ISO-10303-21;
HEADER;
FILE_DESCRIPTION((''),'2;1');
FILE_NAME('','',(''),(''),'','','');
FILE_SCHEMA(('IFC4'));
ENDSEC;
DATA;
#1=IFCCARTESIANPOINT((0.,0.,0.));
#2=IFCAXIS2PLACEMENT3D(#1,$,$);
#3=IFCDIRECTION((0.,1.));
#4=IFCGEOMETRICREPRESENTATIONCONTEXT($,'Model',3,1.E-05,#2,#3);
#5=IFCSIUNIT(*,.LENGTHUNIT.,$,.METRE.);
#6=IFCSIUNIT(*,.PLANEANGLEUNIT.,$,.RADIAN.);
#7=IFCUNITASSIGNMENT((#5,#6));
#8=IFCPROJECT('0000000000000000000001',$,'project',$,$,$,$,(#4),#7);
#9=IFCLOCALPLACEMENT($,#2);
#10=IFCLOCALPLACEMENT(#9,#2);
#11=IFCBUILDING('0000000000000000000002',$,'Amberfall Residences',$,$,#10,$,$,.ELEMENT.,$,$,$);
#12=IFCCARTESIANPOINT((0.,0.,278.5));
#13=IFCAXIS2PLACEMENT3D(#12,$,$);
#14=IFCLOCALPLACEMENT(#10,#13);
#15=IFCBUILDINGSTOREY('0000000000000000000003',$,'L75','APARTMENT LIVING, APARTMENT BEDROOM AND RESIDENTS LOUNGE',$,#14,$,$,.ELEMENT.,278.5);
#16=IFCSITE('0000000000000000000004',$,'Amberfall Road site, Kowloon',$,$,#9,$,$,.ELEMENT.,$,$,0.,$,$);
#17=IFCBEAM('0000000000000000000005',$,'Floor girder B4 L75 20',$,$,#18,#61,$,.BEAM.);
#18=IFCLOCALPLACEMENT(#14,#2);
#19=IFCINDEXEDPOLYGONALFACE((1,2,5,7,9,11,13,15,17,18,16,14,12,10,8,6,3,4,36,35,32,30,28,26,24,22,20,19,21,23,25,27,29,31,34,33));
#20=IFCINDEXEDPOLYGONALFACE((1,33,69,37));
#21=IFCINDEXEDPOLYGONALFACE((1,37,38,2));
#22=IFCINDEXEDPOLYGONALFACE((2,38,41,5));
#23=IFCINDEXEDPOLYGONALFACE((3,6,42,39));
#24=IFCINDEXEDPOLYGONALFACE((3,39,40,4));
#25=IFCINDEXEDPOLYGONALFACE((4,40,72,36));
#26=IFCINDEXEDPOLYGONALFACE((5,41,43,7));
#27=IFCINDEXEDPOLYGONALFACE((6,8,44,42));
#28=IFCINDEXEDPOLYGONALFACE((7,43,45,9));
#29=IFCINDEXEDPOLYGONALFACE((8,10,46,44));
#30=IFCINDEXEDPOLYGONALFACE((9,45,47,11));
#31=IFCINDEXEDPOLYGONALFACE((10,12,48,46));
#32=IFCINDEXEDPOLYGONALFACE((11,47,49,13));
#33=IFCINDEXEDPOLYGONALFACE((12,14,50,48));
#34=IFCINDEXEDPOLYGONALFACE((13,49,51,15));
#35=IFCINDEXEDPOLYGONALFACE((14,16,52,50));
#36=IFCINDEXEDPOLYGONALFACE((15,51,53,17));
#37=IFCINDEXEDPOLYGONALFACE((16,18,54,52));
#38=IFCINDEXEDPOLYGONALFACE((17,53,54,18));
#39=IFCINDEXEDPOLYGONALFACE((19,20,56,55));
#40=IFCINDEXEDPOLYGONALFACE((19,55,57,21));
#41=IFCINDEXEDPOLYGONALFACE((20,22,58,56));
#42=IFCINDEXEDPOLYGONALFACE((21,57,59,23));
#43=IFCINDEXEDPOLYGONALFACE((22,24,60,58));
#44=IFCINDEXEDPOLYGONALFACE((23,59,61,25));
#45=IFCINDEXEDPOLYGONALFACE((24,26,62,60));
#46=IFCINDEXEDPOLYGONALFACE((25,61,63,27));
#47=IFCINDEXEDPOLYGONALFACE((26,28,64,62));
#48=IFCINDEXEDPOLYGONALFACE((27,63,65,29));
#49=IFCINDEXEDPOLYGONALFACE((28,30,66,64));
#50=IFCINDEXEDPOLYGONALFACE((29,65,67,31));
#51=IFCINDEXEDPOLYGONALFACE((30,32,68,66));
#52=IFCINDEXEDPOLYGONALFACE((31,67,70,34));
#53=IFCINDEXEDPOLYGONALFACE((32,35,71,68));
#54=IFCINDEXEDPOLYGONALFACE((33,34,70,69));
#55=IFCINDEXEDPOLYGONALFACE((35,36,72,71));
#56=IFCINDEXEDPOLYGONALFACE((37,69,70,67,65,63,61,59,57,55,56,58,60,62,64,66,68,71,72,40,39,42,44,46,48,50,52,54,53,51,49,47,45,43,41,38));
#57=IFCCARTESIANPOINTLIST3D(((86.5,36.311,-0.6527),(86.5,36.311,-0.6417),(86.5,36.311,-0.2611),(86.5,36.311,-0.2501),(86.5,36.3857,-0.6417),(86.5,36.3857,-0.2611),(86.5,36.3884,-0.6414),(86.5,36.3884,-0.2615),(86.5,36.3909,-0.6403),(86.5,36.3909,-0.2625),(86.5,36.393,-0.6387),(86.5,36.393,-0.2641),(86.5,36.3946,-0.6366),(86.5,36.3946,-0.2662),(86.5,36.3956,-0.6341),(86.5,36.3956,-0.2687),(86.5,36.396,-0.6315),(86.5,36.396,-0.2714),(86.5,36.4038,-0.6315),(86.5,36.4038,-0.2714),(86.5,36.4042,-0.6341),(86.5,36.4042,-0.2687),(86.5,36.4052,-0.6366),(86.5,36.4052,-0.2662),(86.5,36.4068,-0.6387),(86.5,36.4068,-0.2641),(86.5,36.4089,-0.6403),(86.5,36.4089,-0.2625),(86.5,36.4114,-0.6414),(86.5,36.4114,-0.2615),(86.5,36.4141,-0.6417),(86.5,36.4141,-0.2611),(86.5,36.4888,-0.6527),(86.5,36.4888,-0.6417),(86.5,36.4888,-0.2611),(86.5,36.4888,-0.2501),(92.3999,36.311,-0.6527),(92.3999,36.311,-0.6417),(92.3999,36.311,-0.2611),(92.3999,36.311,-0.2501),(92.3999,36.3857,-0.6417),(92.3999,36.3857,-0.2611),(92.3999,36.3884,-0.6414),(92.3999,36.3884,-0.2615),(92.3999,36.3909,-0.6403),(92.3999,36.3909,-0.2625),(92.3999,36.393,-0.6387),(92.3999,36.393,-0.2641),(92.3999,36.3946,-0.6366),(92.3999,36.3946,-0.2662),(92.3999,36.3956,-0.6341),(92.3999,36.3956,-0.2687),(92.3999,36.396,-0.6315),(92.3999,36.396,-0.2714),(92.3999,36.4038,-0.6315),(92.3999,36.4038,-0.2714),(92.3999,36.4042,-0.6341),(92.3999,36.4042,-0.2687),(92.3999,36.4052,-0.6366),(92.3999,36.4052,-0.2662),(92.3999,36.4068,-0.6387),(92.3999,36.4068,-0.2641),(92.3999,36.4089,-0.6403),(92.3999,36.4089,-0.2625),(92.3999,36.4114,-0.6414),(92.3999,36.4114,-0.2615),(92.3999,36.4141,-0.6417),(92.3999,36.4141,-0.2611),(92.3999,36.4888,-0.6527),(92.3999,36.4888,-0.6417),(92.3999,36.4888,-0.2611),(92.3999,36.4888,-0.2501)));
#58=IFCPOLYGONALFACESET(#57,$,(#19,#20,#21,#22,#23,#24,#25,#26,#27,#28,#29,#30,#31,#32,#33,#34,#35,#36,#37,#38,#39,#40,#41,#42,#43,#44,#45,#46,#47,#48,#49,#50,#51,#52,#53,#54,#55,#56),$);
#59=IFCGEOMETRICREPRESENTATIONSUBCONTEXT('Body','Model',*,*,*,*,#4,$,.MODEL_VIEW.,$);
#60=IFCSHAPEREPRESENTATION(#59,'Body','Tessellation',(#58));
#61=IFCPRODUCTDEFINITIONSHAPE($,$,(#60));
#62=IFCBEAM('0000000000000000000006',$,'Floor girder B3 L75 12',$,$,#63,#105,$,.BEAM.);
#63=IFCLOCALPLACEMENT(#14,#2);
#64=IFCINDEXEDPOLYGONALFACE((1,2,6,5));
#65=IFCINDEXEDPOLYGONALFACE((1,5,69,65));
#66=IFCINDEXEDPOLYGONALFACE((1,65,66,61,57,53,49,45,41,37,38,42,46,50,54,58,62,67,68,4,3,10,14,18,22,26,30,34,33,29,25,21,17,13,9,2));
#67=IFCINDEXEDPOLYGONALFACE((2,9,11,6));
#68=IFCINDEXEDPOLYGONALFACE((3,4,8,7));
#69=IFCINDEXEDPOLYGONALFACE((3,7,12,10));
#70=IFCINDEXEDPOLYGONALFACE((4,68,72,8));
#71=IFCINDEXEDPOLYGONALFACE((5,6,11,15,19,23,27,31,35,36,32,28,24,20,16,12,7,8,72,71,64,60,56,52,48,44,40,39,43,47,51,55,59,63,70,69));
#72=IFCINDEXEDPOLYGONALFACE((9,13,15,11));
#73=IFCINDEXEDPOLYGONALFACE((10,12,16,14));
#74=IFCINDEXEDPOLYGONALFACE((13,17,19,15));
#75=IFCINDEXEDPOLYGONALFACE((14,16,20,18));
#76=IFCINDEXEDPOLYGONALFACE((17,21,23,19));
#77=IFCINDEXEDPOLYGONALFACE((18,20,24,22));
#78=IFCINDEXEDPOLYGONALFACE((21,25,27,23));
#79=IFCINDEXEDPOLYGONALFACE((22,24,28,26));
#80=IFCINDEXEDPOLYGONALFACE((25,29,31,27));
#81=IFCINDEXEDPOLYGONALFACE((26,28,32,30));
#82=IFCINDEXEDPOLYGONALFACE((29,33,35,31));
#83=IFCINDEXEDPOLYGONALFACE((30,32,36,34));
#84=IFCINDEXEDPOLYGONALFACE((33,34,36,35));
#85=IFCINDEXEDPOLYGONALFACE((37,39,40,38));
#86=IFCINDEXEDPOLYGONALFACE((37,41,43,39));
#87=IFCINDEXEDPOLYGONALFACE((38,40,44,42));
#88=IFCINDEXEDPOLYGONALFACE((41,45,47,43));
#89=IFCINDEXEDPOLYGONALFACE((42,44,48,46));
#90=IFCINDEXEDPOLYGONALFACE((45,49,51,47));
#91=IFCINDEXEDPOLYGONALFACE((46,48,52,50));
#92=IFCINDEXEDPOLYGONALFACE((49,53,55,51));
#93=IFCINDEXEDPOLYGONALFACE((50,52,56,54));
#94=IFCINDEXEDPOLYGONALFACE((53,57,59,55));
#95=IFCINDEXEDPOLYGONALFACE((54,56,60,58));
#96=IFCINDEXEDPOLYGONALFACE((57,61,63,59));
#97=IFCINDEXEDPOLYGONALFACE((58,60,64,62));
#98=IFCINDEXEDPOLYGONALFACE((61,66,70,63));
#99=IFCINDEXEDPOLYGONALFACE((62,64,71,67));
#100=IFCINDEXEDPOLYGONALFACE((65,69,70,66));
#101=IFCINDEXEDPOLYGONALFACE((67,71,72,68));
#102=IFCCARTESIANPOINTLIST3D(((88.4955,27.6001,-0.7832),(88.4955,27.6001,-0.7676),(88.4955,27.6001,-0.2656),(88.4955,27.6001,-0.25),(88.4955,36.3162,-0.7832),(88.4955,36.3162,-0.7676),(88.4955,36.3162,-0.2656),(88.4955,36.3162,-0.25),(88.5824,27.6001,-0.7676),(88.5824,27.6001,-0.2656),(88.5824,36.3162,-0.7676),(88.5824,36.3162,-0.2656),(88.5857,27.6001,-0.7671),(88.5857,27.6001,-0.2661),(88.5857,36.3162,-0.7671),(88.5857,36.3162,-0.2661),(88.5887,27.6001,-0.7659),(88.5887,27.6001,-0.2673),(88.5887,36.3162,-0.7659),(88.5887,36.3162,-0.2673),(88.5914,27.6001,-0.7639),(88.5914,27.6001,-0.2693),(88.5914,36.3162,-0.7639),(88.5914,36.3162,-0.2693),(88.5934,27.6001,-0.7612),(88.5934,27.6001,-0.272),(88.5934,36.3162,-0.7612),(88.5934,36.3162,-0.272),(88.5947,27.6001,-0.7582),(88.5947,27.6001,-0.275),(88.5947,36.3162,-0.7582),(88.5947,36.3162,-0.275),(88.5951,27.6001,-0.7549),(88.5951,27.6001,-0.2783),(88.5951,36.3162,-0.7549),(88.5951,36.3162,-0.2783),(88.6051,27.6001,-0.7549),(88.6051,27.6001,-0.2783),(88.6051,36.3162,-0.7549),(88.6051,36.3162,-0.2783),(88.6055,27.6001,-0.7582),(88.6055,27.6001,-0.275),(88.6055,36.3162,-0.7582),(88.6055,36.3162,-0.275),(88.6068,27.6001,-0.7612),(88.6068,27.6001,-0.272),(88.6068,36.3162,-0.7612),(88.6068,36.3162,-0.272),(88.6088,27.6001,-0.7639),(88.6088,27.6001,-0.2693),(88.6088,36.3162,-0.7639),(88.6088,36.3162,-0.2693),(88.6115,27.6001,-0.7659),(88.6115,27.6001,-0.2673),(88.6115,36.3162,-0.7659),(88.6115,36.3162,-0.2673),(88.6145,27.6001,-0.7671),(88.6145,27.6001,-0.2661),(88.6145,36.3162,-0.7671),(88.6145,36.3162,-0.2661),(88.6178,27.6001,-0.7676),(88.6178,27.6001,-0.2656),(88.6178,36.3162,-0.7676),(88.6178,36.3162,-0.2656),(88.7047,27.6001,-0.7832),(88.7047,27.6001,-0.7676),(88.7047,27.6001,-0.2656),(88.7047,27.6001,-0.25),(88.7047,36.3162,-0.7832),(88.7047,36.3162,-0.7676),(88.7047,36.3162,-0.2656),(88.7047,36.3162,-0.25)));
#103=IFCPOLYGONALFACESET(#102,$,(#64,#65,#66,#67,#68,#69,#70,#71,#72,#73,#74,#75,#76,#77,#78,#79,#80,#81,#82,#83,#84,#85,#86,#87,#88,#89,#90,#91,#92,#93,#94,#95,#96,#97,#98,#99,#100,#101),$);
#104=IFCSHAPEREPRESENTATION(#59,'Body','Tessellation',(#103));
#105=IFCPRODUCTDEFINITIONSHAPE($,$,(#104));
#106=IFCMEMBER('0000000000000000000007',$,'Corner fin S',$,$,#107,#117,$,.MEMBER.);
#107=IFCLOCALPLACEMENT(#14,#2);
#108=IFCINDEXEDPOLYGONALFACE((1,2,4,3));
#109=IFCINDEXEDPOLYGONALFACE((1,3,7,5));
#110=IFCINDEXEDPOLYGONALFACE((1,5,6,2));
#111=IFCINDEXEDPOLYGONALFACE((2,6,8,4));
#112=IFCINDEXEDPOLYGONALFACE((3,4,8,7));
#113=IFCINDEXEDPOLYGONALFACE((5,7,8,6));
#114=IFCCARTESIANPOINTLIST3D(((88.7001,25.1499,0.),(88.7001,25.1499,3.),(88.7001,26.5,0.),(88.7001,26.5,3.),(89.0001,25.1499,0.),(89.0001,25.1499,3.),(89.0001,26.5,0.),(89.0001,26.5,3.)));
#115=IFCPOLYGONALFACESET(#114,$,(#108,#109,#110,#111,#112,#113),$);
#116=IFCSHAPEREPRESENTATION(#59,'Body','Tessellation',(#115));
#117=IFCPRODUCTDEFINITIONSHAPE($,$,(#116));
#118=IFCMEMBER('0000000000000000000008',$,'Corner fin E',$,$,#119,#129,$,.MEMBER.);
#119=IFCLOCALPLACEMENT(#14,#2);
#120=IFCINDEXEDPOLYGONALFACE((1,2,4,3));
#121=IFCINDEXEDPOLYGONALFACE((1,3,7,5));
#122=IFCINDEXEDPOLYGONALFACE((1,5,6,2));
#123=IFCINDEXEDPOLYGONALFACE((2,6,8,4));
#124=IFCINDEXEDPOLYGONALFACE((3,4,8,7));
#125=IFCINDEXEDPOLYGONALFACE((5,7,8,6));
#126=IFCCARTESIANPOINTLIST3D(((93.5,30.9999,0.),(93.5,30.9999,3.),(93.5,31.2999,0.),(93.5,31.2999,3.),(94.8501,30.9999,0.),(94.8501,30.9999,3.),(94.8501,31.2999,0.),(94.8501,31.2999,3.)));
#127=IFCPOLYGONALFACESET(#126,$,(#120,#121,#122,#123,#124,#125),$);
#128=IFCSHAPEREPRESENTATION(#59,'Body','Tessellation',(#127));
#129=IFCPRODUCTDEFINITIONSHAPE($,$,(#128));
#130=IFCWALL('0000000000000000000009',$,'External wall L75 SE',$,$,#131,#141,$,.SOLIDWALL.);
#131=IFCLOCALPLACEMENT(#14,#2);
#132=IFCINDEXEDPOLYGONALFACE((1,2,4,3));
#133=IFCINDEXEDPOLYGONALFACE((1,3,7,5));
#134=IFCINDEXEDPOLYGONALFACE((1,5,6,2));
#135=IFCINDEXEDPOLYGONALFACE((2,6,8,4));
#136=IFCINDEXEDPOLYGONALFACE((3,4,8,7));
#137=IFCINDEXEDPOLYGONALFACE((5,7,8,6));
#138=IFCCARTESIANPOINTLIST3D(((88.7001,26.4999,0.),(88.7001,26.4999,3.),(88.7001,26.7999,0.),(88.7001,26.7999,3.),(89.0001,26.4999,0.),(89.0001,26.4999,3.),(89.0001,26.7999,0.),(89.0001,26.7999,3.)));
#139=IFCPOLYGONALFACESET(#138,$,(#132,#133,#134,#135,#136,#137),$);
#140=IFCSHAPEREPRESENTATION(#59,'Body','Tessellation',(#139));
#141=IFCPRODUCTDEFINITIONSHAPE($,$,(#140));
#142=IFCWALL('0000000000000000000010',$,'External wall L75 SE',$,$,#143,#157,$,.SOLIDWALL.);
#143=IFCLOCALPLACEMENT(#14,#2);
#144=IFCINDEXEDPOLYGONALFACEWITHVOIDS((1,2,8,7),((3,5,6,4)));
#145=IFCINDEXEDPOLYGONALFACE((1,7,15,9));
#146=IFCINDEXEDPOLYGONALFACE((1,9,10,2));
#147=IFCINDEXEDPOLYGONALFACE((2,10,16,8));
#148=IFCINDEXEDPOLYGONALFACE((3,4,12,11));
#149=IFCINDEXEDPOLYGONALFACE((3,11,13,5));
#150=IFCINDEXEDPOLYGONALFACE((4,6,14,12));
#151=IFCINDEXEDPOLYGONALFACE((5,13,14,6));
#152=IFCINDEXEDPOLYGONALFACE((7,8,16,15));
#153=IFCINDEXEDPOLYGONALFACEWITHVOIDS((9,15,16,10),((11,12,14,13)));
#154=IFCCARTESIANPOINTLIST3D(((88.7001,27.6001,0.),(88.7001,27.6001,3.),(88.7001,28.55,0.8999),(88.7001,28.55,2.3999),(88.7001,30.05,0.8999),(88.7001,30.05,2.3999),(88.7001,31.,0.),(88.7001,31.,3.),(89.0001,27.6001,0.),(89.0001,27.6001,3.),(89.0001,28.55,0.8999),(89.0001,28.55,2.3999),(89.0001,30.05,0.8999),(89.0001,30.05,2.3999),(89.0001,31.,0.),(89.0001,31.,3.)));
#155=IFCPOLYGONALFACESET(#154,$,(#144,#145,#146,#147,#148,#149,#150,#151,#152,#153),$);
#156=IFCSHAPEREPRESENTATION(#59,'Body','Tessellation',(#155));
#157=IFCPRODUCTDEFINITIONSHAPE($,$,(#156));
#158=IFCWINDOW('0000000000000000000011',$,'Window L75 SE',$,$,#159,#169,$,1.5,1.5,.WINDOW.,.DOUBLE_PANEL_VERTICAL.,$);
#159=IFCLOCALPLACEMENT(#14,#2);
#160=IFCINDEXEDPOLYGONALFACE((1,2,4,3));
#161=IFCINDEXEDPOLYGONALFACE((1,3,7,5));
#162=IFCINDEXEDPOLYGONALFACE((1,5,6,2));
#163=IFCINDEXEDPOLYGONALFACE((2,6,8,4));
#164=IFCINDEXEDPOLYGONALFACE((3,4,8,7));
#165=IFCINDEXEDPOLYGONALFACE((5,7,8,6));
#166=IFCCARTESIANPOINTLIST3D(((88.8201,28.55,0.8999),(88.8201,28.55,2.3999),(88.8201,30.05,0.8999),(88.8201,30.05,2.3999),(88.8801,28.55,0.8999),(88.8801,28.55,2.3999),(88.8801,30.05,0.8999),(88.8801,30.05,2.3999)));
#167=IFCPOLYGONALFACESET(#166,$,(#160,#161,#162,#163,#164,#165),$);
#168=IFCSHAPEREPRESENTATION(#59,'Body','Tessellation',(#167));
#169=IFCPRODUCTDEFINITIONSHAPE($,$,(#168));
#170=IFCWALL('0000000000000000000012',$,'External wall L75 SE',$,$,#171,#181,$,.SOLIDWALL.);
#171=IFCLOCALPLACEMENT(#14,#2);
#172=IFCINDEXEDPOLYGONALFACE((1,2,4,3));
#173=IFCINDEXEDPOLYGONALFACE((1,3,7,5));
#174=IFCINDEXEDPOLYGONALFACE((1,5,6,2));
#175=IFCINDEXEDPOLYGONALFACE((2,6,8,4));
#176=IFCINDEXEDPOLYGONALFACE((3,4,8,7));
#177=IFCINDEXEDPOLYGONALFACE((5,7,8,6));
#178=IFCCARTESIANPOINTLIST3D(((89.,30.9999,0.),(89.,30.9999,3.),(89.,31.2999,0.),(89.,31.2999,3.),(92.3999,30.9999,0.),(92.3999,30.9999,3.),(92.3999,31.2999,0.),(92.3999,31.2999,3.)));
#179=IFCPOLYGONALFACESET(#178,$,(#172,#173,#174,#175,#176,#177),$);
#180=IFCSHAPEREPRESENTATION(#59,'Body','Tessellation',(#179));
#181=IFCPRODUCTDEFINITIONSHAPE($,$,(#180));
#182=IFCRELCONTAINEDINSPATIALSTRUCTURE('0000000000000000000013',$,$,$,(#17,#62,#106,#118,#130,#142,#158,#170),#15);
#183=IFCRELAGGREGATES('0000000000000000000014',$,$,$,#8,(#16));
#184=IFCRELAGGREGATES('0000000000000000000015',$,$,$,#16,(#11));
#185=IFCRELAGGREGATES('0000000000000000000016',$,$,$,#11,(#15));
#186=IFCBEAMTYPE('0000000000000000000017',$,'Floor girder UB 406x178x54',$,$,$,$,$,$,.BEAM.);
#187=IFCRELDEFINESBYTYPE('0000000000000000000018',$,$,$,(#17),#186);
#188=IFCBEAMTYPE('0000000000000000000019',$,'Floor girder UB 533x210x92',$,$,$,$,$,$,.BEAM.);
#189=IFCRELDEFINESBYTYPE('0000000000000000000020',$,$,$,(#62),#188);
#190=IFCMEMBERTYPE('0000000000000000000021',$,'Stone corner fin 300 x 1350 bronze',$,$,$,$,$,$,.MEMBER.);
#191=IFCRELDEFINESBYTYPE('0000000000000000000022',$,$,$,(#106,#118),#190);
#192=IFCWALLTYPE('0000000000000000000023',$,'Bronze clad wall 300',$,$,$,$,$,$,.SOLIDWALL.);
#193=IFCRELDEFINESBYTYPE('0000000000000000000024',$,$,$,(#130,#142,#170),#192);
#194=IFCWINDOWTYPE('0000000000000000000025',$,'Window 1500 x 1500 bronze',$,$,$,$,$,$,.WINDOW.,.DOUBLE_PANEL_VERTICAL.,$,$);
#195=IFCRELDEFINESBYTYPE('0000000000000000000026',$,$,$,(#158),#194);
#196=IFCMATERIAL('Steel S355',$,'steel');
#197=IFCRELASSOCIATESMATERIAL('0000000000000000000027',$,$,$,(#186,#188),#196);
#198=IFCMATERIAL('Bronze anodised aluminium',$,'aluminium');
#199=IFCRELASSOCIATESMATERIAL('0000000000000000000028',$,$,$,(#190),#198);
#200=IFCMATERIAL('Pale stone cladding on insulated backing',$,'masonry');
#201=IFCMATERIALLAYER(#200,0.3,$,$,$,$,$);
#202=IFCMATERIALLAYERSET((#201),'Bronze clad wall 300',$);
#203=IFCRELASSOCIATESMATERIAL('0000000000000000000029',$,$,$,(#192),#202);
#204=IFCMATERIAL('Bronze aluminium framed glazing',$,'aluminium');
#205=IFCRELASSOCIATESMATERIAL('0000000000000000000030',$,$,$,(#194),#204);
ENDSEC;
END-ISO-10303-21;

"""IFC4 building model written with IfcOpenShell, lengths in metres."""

from ifc_helpers import new_model, si_unit, direction, frame, frame_2d, origin, origin_2d, place, context, subcontext, project, spatial, rectangle, i_section, extrude, material, layer, layer_set, material_profile, profile_set, type_object, element, fill, save


model = new_model("IFC4")

# Units and contexts
model_context = context("Model", 3, precision=1e-05, world=origin(), true_north=direction((0.0, 1.0)))
body_context = subcontext(model_context, "Body", "Model", "MODEL_VIEW")
ifc_project = project(units=[si_unit("LENGTHUNIT", "METRE"), si_unit("PLANEANGLEUNIT", "RADIAN")], contexts=[model_context])

# Site, building, storey
site_placement = place(None, origin())
site = spatial("IfcSite", under=ifc_project, at=site_placement, Name="Amberfall Road site, Kowloon", CompositionType="ELEMENT", RefElevation=0.0)
building_placement = place(site_placement, origin())
building = spatial("IfcBuilding", under=site, at=building_placement, Name="Amberfall Residences", CompositionType="ELEMENT")
storey_placement = place(building_placement, frame((0.0, 0.0, 278.5)))
storey = spatial("IfcBuildingStorey", under=building, at=storey_placement, Name="L75", Description="APARTMENT LIVING, APARTMENT BEDROOM AND RESIDENTS LOUNGE", CompositionType="ELEMENT", Elevation=278.5)

# Beams
ifc_material_1 = material(Name="Steel S355", Category="steel")
ifc_material_profile_1 = material_profile(ifc_material_1, i_section(OverallWidth=0.1777, OverallDepth=0.4026, WebThickness=0.0078, FlangeThickness=0.011, FilletRadius=0.0103, at=origin_2d()), Name="UB 406x178x54")
ifc_profile_set_1 = profile_set([ifc_material_profile_1], Name="Steel S355")
beam_type_1 = type_object("IfcBeamType", Name="Floor girder UB 406x178x54", PredefinedType="BEAM", material=ifc_profile_set_1)
beam_1_placement = place(storey_placement, frame((92.3999, 36.3999, -0.4514), z_axis=(-1.0, 0.0, 0.0), x_axis=(0.0, -1.0, 0.0)))
element("IfcBeam", 1, at=beam_1_placement, inside=storey, type_object=beam_type_1, Name="Floor girder B4 L75 20", PredefinedType="BEAM", context=body_context, shape_type="SweptSolid", body=[
    extrude(i_section(OverallWidth=0.1777, OverallDepth=0.4026, WebThickness=0.0078, FlangeThickness=0.011, FilletRadius=0.0103, at=origin_2d()), origin(), (0.0, 0.0, 1.0), 5.8999),
])
ifc_material_profile_2 = material_profile(ifc_material_1, i_section(OverallWidth=0.2092, OverallDepth=0.5332, WebThickness=0.01, FlangeThickness=0.0156, FilletRadius=0.0127, at=origin_2d()), Name="UB 533x210x92")
ifc_profile_set_2 = profile_set([ifc_material_profile_2], Name="Steel S355")
beam_type_2 = type_object("IfcBeamType", Name="Floor girder UB 533x210x92", PredefinedType="BEAM", material=ifc_profile_set_2)
beam_2_placement = place(storey_placement, frame((88.6001, 27.6001, -0.5166), z_axis=(0.0, 1.0, 0.0), x_axis=(-1.0, 0.0, 0.0)))
element("IfcBeam", 2, at=beam_2_placement, inside=storey, type_object=beam_type_2, Name="Floor girder B3 L75 12", PredefinedType="BEAM", context=body_context, shape_type="SweptSolid", body=[
    extrude(i_section(OverallWidth=0.2092, OverallDepth=0.5332, WebThickness=0.01, FlangeThickness=0.0156, FilletRadius=0.0127, at=origin_2d()), origin(), (0.0, 0.0, 1.0), 8.7161),
])

# Members
ifc_material_2 = material(Name="Bronze anodised aluminium", Category="aluminium")
ifc_material_profile_3 = material_profile(ifc_material_2, rectangle(XDim=1.3501, YDim=0.3, at=origin_2d()), Name="Stone corner fin 300 x 1350 bronze")
ifc_profile_set_3 = profile_set([ifc_material_profile_3], Name="Bronze anodised aluminium")
member_type = type_object("IfcMemberType", Name="Stone corner fin 300 x 1350 bronze", PredefinedType="MEMBER", material=ifc_profile_set_3)
for number, where, z_axis, x_axis, name in (
    (3, (88.8501, 25.825, 0.0), (0.0, 0.0, 1.0), (0.0, 1.0, 0.0), "Corner fin S"),
    (4, (94.175, 31.1499, 0.0), (0.0, 0.0, 1.0), (-1.0, 0.0, 0.0), "Corner fin E"),
):
    element("IfcMember", number, at=place(storey_placement, frame(where, z_axis=z_axis, x_axis=x_axis)), inside=storey, type_object=member_type, Name=name, PredefinedType="MEMBER", context=body_context, shape_type="SweptSolid", body=[
        extrude(rectangle(XDim=1.3501, YDim=0.3, at=origin_2d()), origin(), (0.0, 0.0, 1.0), 3.0),
    ])

# Wall
ifc_material_3 = material(Name="Pale stone cladding on insulated backing", Category="masonry")
ifc_layer_1 = layer(ifc_material_3, 0.3)
ifc_layer_set_1 = layer_set([ifc_layer_1], Name="Bronze clad wall 300")
wall_type_1 = type_object("IfcWallType", Name="Bronze clad wall 300", PredefinedType="SOLIDWALL", material=ifc_layer_set_1)
wall_1_placement = place(storey_placement, frame((88.8501, 26.5, 0.0), z_axis=(0.0, 0.0, 1.0), x_axis=(0.0, 1.0, 0.0)))
element("IfcWall", 5, at=wall_1_placement, inside=storey, type_object=wall_type_1, Name="External wall L75 SE", PredefinedType="SOLIDWALL", context=body_context, shape_type="SweptSolid", body=[
    extrude(rectangle(XDim=0.3, YDim=0.3, at=frame_2d((0.1499, 0.0))), origin(), (0.0, 0.0, 1.0), 3.0),
])

# Wall, opening, window
wall_2_placement = place(storey_placement, frame((88.8501, 27.6001, 0.0), z_axis=(0.0, 0.0, 1.0), x_axis=(0.0, 1.0, 0.0)))
wall_2 = element("IfcWall", 6, at=wall_2_placement, inside=storey, type_object=wall_type_1, Name="External wall L75 SE", PredefinedType="SOLIDWALL", context=body_context, shape_type="SweptSolid", body=[
    extrude(rectangle(XDim=3.3999, YDim=0.3, at=frame_2d((1.7, 0.0))), origin(), (0.0, 0.0, 1.0), 3.0),
])
opening_1_placement = place(wall_2_placement, frame((0.95, 0.0, 0.8999)))
opening_1 = element("IfcOpeningElement", 7, at=opening_1_placement, cuts=wall_2, PredefinedType="OPENING", context=body_context, shape_type="SweptSolid", body=[
    extrude(rectangle(XDim=1.5, YDim=1.5, at=frame_2d((0.75, 0.75))), frame((0.0, 0.1599, 0.0), z_axis=(0.0, -1.0, 0.0), x_axis=(1.0, 0.0, 0.0)), (0.0, 0.0, 1.0), 0.3201),
])
ifc_material_4 = material(Name="Bronze aluminium framed glazing", Category="aluminium")
window_type_1 = type_object("IfcWindowType", Name="Window 1500 x 1500 bronze", PartitioningType="DOUBLE_PANEL_VERTICAL", PredefinedType="WINDOW", material=ifc_material_4)
window_1_placement = place(opening_1_placement, origin())
window_1 = element("IfcWindow", 8, at=window_1_placement, inside=storey, type_object=window_type_1, Name="Window L75 SE", OverallHeight=1.5, OverallWidth=1.5, PartitioningType="DOUBLE_PANEL_VERTICAL", PredefinedType="WINDOW", context=body_context, shape_type="SweptSolid", body=[
    extrude(rectangle(XDim=1.5, YDim=1.5, at=frame_2d((0.75, 0.75))), frame((0.0, 0.03, 0.0), z_axis=(0.0, -1.0, 0.0), x_axis=(1.0, 0.0, 0.0)), (0.0, 0.0, 1.0), 0.0601),
])
fill(opening_1, window_1)

# Wall
wall_3_placement = place(storey_placement, frame((89.0, 31.1499, 0.0), z_axis=(0.0, 0.0, 1.0), x_axis=(1.0, 0.0, 0.0)))
element("IfcWall", 9, at=wall_3_placement, inside=storey, type_object=wall_type_1, Name="External wall L75 SE", PredefinedType="SOLIDWALL", context=body_context, shape_type="SweptSolid", body=[
    extrude(rectangle(XDim=3.3999, YDim=0.3, at=frame_2d((1.7, 0.0))), origin(), (0.0, 0.0, 1.0), 3.0),
])

save(model, "model.ifc")
